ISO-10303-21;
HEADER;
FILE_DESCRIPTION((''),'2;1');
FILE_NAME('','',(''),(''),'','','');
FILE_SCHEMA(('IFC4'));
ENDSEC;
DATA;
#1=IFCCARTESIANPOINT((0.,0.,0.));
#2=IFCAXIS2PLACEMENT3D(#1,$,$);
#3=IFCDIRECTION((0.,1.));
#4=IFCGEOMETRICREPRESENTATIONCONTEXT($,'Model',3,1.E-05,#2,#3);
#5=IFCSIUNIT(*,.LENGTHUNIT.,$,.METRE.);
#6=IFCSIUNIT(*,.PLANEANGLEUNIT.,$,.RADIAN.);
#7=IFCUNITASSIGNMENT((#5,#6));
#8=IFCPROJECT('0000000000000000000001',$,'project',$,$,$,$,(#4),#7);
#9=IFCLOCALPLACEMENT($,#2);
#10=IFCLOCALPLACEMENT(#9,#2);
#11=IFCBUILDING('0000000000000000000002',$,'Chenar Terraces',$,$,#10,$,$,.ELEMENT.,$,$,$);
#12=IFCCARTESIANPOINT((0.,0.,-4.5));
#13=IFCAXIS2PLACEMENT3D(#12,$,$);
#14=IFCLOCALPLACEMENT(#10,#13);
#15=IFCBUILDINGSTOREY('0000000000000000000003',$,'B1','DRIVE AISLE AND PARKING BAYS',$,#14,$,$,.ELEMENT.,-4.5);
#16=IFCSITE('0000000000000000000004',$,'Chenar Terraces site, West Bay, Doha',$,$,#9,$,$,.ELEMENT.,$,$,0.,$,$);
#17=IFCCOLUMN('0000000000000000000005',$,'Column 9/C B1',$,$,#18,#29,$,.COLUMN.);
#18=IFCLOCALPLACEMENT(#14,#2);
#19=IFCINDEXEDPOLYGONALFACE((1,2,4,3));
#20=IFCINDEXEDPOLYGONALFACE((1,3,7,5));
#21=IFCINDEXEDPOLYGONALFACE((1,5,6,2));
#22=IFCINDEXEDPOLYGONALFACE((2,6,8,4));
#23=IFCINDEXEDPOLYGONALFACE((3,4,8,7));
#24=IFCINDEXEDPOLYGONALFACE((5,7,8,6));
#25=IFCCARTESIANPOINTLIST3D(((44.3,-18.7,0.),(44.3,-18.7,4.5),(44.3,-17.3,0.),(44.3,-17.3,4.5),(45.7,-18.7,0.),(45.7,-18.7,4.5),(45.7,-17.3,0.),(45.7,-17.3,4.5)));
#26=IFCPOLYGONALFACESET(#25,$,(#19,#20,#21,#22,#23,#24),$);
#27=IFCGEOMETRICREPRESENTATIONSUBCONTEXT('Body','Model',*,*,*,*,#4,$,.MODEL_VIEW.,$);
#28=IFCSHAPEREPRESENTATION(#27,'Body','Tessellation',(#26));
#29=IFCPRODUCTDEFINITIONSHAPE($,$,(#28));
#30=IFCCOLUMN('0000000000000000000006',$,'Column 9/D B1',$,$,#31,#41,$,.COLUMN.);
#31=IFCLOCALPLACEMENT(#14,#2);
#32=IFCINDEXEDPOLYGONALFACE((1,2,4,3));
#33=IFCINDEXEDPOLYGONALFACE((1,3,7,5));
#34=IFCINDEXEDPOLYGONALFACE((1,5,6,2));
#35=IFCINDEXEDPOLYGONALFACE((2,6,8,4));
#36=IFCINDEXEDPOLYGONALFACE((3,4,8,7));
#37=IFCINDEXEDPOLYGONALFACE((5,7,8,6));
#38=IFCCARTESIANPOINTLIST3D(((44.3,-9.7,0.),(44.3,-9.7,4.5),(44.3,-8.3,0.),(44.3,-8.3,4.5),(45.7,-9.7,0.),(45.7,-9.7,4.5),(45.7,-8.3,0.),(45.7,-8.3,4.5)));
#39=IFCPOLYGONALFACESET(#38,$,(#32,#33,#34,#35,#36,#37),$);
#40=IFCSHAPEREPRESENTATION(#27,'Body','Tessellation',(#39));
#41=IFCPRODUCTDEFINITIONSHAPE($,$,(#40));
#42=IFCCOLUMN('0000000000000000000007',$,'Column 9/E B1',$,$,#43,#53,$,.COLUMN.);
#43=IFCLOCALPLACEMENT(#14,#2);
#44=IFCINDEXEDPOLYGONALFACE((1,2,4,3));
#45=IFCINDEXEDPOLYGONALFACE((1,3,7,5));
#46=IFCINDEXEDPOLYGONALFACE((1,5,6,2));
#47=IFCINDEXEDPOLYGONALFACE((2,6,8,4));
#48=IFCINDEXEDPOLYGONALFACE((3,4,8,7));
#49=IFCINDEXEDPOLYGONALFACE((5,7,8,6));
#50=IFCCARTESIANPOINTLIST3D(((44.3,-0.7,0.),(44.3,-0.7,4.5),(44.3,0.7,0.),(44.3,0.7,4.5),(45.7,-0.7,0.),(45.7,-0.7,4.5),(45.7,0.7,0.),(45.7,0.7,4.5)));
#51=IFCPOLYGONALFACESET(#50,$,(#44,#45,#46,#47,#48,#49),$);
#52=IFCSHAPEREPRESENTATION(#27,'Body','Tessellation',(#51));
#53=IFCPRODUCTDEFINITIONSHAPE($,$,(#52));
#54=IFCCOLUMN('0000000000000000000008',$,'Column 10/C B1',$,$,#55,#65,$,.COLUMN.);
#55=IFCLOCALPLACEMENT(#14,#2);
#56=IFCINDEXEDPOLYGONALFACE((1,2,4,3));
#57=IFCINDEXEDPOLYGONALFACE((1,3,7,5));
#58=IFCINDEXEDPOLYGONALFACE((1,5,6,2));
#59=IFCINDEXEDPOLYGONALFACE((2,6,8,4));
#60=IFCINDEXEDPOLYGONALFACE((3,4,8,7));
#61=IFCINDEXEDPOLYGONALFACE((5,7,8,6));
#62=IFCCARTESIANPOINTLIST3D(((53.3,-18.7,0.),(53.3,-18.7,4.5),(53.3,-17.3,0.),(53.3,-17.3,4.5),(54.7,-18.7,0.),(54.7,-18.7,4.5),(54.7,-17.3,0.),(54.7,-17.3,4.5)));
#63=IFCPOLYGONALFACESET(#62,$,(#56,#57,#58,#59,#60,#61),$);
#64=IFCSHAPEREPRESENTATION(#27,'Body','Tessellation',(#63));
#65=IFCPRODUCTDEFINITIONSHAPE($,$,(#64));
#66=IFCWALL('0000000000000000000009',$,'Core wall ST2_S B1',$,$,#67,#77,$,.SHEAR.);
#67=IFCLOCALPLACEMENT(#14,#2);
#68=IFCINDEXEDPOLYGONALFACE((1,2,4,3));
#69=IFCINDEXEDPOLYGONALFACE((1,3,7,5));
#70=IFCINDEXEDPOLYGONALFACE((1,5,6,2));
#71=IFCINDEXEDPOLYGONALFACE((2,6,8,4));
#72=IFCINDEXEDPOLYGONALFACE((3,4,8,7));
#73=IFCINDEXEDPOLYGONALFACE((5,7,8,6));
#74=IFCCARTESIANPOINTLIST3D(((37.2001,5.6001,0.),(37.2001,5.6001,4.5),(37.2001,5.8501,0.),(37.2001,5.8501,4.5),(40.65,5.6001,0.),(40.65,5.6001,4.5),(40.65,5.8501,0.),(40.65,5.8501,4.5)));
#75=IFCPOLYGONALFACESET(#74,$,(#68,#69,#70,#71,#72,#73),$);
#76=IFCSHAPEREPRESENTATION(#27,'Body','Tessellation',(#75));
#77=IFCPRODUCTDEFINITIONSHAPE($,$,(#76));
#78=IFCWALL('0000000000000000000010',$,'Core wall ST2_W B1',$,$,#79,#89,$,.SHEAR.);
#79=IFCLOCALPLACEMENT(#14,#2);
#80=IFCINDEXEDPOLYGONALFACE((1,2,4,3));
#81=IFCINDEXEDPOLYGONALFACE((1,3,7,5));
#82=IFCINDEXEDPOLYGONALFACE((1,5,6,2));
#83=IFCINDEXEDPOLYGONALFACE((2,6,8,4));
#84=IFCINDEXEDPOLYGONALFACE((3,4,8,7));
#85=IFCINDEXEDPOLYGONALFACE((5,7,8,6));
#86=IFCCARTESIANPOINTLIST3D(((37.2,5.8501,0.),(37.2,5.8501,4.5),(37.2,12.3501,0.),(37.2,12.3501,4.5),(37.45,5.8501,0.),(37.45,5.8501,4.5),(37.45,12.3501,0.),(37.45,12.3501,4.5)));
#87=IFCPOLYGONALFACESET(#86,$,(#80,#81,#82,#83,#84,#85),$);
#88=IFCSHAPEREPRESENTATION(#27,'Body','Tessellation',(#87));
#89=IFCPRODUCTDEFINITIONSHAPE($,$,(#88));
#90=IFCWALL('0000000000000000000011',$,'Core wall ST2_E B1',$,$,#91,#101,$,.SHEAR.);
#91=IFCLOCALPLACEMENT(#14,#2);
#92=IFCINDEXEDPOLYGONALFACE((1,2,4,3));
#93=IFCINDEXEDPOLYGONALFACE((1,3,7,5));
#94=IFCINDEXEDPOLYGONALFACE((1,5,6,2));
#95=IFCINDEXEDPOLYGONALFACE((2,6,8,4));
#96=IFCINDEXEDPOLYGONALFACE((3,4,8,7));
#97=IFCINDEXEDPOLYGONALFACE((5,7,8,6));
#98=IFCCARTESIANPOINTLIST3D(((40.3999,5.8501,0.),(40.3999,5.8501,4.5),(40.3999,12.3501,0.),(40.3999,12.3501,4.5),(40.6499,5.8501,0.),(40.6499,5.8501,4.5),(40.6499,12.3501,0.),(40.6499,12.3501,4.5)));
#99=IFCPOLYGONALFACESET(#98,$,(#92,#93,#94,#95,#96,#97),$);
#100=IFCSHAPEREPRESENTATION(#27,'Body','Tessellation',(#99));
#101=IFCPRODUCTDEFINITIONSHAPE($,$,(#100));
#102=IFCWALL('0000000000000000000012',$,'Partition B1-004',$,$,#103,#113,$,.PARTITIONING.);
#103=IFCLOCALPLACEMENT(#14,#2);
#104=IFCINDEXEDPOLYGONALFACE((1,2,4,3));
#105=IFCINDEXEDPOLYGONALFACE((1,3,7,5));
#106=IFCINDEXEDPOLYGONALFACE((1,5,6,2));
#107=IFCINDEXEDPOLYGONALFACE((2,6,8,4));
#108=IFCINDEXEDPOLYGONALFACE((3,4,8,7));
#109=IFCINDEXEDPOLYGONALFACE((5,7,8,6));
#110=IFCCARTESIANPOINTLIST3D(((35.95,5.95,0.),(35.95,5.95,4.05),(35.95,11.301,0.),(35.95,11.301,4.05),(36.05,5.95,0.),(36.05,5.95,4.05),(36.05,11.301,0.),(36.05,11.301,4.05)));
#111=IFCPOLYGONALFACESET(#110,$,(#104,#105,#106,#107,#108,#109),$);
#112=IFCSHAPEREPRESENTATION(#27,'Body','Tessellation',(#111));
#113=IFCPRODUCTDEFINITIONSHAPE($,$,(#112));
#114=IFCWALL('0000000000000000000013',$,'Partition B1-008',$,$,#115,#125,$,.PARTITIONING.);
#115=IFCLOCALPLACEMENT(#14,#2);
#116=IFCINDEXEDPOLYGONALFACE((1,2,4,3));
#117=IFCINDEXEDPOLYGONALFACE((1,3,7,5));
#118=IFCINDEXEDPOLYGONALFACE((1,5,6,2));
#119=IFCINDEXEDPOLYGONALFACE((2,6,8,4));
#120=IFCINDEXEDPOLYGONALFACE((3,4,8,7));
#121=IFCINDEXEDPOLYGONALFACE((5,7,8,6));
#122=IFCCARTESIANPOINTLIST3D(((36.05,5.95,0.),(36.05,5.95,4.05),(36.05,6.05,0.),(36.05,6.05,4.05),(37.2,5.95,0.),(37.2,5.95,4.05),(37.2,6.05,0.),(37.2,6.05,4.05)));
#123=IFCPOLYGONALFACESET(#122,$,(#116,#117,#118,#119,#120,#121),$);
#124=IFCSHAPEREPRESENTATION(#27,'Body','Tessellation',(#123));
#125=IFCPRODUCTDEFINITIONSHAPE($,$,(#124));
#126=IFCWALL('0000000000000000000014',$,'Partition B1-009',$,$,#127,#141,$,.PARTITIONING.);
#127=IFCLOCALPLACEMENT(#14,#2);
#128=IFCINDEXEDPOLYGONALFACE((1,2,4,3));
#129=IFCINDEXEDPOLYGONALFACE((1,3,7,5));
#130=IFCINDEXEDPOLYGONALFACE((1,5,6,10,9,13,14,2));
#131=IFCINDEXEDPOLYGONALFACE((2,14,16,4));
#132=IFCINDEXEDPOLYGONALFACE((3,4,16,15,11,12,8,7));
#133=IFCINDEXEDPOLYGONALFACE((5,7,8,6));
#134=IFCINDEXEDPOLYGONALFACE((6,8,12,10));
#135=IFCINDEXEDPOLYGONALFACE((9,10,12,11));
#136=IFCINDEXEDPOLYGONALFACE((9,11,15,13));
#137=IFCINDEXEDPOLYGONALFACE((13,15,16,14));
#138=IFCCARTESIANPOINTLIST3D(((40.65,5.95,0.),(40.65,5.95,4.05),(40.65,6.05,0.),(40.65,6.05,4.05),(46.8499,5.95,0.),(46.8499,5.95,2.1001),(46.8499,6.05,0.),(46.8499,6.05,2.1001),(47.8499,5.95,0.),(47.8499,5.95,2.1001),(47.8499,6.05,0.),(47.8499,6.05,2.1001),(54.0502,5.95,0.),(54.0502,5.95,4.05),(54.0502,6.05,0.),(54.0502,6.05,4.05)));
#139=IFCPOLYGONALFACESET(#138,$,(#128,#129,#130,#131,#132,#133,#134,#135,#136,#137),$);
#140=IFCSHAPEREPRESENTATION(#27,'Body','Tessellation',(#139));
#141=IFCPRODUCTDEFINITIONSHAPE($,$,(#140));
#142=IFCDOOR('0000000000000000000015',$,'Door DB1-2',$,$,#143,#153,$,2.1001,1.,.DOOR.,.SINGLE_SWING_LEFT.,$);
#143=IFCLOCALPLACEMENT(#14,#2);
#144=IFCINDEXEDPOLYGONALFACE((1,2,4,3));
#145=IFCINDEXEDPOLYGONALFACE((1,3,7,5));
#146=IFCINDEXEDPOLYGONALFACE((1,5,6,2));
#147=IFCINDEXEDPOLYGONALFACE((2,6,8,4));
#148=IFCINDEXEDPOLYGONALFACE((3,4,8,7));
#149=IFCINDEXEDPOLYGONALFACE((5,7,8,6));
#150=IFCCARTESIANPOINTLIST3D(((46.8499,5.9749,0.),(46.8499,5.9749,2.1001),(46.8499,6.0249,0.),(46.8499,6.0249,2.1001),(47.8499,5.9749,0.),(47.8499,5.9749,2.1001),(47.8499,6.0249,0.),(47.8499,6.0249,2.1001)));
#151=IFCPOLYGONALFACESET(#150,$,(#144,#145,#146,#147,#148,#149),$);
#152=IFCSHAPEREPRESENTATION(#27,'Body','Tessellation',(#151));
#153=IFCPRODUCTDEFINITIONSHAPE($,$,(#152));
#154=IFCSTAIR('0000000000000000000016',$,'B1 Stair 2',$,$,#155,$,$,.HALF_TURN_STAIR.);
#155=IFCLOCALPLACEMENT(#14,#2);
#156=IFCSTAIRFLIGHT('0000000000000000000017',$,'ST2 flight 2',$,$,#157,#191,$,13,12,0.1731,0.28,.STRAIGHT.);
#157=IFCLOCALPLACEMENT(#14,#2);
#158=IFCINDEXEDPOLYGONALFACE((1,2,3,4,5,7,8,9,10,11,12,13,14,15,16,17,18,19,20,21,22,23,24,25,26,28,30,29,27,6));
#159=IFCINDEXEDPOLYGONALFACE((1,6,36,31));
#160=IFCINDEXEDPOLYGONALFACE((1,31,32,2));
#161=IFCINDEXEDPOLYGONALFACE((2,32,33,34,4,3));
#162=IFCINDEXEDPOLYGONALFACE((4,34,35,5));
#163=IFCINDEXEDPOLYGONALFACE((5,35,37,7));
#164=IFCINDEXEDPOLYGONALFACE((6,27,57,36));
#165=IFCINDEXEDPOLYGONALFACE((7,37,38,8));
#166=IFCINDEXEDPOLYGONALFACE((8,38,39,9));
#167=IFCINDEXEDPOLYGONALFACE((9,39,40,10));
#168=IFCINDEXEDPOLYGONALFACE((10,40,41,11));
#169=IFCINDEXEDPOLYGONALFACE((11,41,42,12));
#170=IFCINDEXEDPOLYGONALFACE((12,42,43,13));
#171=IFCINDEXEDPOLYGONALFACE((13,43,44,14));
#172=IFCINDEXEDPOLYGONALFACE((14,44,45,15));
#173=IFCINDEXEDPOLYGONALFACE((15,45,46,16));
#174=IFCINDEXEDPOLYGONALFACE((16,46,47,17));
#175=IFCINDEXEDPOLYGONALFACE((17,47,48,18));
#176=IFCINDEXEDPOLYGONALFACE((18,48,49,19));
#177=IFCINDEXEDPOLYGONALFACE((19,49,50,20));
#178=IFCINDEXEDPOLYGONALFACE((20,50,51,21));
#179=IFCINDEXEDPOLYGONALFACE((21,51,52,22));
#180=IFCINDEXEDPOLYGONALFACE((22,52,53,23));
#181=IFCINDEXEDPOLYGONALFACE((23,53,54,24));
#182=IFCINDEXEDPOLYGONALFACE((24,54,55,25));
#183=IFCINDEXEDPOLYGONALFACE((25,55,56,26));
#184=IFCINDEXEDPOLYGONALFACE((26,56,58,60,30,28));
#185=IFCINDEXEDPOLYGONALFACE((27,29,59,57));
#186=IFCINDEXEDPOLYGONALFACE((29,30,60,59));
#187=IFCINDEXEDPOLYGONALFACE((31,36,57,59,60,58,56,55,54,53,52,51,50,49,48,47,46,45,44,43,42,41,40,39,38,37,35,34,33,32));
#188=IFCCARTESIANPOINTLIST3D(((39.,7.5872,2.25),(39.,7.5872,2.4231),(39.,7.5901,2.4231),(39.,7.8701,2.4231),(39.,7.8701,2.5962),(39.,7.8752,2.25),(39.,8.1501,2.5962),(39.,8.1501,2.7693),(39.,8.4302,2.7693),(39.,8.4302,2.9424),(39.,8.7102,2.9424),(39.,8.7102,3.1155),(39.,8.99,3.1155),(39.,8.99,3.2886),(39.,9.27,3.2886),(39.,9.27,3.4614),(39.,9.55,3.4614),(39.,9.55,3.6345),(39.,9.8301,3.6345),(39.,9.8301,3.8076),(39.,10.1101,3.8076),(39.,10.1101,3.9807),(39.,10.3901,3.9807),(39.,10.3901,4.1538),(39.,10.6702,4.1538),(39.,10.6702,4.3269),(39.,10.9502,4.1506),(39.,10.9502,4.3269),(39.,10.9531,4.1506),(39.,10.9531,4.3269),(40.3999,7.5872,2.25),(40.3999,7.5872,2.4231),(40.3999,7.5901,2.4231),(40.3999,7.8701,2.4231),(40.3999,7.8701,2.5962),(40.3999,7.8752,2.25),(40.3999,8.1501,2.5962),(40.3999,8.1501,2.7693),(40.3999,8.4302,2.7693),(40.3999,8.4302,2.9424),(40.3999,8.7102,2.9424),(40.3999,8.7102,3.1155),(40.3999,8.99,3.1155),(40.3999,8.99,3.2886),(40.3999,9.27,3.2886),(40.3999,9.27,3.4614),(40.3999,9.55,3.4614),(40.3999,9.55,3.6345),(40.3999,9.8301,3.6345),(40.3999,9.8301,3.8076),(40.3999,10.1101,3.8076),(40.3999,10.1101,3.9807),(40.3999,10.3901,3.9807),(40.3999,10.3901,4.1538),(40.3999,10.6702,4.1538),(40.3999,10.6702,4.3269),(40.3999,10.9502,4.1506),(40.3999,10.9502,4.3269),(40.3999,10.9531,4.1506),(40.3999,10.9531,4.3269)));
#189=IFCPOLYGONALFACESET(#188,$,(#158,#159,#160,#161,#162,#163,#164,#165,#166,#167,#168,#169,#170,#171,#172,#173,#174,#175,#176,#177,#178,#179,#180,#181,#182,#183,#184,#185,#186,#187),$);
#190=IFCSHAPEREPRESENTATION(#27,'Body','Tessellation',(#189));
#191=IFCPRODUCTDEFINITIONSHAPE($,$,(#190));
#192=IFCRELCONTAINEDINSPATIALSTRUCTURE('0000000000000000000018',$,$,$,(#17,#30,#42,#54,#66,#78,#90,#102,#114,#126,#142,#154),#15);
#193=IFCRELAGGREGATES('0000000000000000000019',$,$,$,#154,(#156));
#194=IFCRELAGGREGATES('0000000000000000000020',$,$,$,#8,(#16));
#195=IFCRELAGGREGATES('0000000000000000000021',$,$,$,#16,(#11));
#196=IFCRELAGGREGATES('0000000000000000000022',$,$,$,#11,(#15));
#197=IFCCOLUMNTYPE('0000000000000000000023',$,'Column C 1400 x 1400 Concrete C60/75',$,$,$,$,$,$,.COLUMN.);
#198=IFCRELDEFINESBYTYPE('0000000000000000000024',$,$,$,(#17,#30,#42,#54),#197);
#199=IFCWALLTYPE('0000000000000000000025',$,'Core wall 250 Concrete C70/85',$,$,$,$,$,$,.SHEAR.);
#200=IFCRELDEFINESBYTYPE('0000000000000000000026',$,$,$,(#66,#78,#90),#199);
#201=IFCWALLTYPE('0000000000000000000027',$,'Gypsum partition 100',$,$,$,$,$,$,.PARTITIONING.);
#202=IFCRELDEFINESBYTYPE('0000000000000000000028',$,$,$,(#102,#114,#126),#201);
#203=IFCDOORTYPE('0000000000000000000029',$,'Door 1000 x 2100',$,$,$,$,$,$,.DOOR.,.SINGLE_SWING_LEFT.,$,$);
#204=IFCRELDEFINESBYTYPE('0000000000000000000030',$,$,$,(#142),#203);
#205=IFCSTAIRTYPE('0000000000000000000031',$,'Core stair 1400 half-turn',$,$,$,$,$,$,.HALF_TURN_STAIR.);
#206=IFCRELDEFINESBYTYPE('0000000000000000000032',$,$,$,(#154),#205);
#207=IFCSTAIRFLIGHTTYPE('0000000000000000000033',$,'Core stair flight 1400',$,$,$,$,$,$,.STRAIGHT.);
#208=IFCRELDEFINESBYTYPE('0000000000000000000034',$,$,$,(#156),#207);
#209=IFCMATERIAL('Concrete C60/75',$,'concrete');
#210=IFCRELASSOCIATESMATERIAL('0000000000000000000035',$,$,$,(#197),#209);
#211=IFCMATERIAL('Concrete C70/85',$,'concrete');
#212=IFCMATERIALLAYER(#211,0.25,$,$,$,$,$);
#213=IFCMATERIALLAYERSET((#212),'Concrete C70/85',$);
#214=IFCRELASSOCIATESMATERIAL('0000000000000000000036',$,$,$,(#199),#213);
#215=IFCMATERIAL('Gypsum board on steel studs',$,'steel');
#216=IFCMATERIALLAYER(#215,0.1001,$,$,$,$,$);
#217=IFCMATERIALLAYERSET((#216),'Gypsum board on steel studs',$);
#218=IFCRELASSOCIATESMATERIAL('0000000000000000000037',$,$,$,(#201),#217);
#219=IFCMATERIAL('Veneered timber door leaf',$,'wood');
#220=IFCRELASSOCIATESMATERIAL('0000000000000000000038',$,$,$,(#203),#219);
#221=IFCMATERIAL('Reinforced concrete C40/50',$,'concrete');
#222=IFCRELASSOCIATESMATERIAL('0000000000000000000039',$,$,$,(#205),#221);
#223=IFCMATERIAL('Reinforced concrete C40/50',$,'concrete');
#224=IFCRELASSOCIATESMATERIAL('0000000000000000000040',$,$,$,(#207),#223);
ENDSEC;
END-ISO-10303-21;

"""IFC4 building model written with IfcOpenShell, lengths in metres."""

from ifc_helpers import new_model, si_unit, direction, frame, frame_2d, origin, origin_2d, place, context, subcontext, project, spatial, polyline, rectangle, outline, extrude, material, layer, layer_set, material_profile, profile_set, type_object, element, fill, aggregate, save


model = new_model("IFC4")

# Units and contexts
model_context = context("Model", 3, precision=1e-05, world=origin(), true_north=direction((0.0, 1.0)))
body_context = subcontext(model_context, "Body", "Model", "MODEL_VIEW")
ifc_project = project(units=[si_unit("LENGTHUNIT", "METRE"), si_unit("PLANEANGLEUNIT", "RADIAN")], contexts=[model_context])

# Site, building, storey
site_placement = place(None, origin())
site = spatial("IfcSite", under=ifc_project, at=site_placement, Name="Chenar Terraces site, West Bay, Doha", CompositionType="ELEMENT", RefElevation=0.0)
building_placement = place(site_placement, origin())
building = spatial("IfcBuilding", under=site, at=building_placement, Name="Chenar Terraces", CompositionType="ELEMENT")
storey_placement = place(building_placement, frame((0.0, 0.0, -4.5)))
storey = spatial("IfcBuildingStorey", under=building, at=storey_placement, Name="B1", Description="DRIVE AISLE AND PARKING BAYS", CompositionType="ELEMENT", Elevation=-4.5)

# Columns
ifc_material_1 = material(Name="Concrete C60/75", Category="concrete")
ifc_material_profile = material_profile(ifc_material_1, rectangle(XDim=1.3999, YDim=1.3999, at=origin_2d()), Name="C 1400 x 1400")
ifc_profile_set = profile_set([ifc_material_profile], Name="Concrete C60/75")
column_type = type_object("IfcColumnType", Name="Column C 1400 x 1400 Concrete C60/75", PredefinedType="COLUMN", material=ifc_profile_set)
for number, where, z_axis, x_axis, name in (
    (1, (45.0, -18.0, 0.0), (0.0, 0.0, 1.0), (1.0, 0.0, 0.0), "Column 9/C B1"),
    (2, (45.0, -9.0, 0.0), (0.0, 0.0, 1.0), (1.0, 0.0, 0.0), "Column 9/D B1"),
    (3, (45.0, 0.0, 0.0), (0.0, 0.0, 1.0), (1.0, 0.0, 0.0), "Column 9/E B1"),
    (4, (54.0, -18.0, 0.0), (0.0, 0.0, 1.0), (1.0, 0.0, 0.0), "Column 10/C B1"),
):
    element("IfcColumn", number, at=place(storey_placement, frame(where, z_axis=z_axis, x_axis=x_axis)), inside=storey, type_object=column_type, Name=name, PredefinedType="COLUMN", context=body_context, shape_type="SweptSolid", body=[
        extrude(rectangle(XDim=1.3999, YDim=1.3999, at=origin_2d()), origin(), (0.0, 0.0, 1.0), 4.5),
    ])

# Walls
ifc_material_2 = material(Name="Concrete C70/85", Category="concrete")
ifc_layer_1 = layer(ifc_material_2, 0.25)
ifc_layer_set_1 = layer_set([ifc_layer_1], Name="Concrete C70/85")
wall_type_1 = type_object("IfcWallType", Name="Core wall 250 Concrete C70/85", PredefinedType="SHEAR", material=ifc_layer_set_1)
wall_1_placement = place(storey_placement, frame((37.2, 5.7251, 0.0), z_axis=(0.0, 0.0, 1.0), x_axis=(1.0, 0.0, 0.0)))
element("IfcWall", 5, at=wall_1_placement, inside=storey, type_object=wall_type_1, Name="Core wall ST2_S B1", PredefinedType="SHEAR", context=body_context, shape_type="SweptSolid", body=[
    extrude(rectangle(XDim=3.45, YDim=0.25, at=frame_2d((1.7251, 0.0))), origin(), (0.0, 0.0, 1.0), 4.5),
])
for number, where, z_axis, x_axis, name in (
    (6, (37.325, 5.8501, 0.0), (0.0, 0.0, 1.0), (0.0, 1.0, 0.0), "Core wall ST2_W B1"),
    (7, (40.5249, 5.8501, 0.0), (0.0, 0.0, 1.0), (0.0, 1.0, 0.0), "Core wall ST2_E B1"),
):
    element("IfcWall", number, at=place(storey_placement, frame(where, z_axis=z_axis, x_axis=x_axis)), inside=storey, type_object=wall_type_1, Name=name, PredefinedType="SHEAR", context=body_context, shape_type="SweptSolid", body=[
        extrude(rectangle(XDim=6.5, YDim=0.25, at=frame_2d((3.25, 0.0))), origin(), (0.0, 0.0, 1.0), 4.5),
    ])
ifc_material_3 = material(Name="Gypsum board on steel studs", Category="steel")
ifc_layer_2 = layer(ifc_material_3, 0.1001)
ifc_layer_set_2 = layer_set([ifc_layer_2], Name="Gypsum board on steel studs")
wall_type_2 = type_object("IfcWallType", Name="Gypsum partition 100", PredefinedType="PARTITIONING", material=ifc_layer_set_2)
wall_2_placement = place(storey_placement, frame((36.0, 5.95, 0.0), z_axis=(0.0, 0.0, 1.0), x_axis=(0.0, 1.0, 0.0)))
element("IfcWall", 8, at=wall_2_placement, inside=storey, type_object=wall_type_2, Name="Partition B1-004", PredefinedType="PARTITIONING", context=body_context, shape_type="SweptSolid", body=[
    extrude(rectangle(XDim=5.3511, YDim=0.1001, at=frame_2d((2.6755, 0.0))), origin(), (0.0, 0.0, 1.0), 4.05),
])
wall_3_placement = place(storey_placement, frame((36.05, 6.0, 0.0), z_axis=(0.0, 0.0, 1.0), x_axis=(1.0, 0.0, 0.0)))
element("IfcWall", 9, at=wall_3_placement, inside=storey, type_object=wall_type_2, Name="Partition B1-008", PredefinedType="PARTITIONING", context=body_context, shape_type="SweptSolid", body=[
    extrude(rectangle(XDim=1.1499, YDim=0.1001, at=frame_2d((0.575, 0.0))), origin(), (0.0, 0.0, 1.0), 4.05),
])

# Wall, opening, door
wall_4_placement = place(storey_placement, frame((40.6499, 6.0, 0.0), z_axis=(0.0, 0.0, 1.0), x_axis=(1.0, 0.0, 0.0)))
wall_4 = element("IfcWall", 10, at=wall_4_placement, inside=storey, type_object=wall_type_2, Name="Partition B1-009", PredefinedType="PARTITIONING", context=body_context, shape_type="SweptSolid", body=[
    extrude(rectangle(XDim=13.4001, YDim=0.1001, at=frame_2d((6.7002, 0.0))), origin(), (0.0, 0.0, 1.0), 4.05),
])
opening_placement = place(wall_4_placement, frame((6.2, 0.0, 0.0)))
opening = element("IfcOpeningElement", 11, at=opening_placement, cuts=wall_4, PredefinedType="OPENING", context=body_context, shape_type="SweptSolid", body=[
    extrude(rectangle(XDim=1.0, YDim=2.1001, at=frame_2d((0.5, 1.05))), frame((0.0, 0.0601, 0.0), z_axis=(0.0, -1.0, 0.0), x_axis=(1.0, 0.0, 0.0)), (0.0, 0.0, 1.0), 0.1201),
])
ifc_material_4 = material(Name="Veneered timber door leaf", Category="wood")
door_type = type_object("IfcDoorType", Name="Door 1000 x 2100", OperationType="SINGLE_SWING_LEFT", PredefinedType="DOOR", material=ifc_material_4)
door_placement = place(opening_placement, origin())
door = element("IfcDoor", 12, at=door_placement, inside=storey, type_object=door_type, Name="Door DB1-2", OperationType="SINGLE_SWING_LEFT", OverallHeight=2.1001, OverallWidth=1.0, PredefinedType="DOOR", context=body_context, shape_type="SweptSolid", body=[
    extrude(rectangle(XDim=1.0, YDim=2.1001, at=frame_2d((0.5, 1.05))), frame((0.0, 0.0249, 0.0), z_axis=(0.0, -1.0, 0.0), x_axis=(1.0, 0.0, 0.0)), (0.0, 0.0, 1.0), 0.05),
])
fill(opening, door)

# Stair, stair flight
ifc_material_5 = material(Name="Reinforced concrete C40/50", Category="concrete")
stair_type = type_object("IfcStairType", Name="Core stair 1400 half-turn", PredefinedType="HALF_TURN_STAIR", material=ifc_material_5)
stair_placement = place(storey_placement, origin())
stair = element("IfcStair", 13, at=stair_placement, inside=storey, type_object=stair_type, Name="B1 Stair 2", PredefinedType="HALF_TURN_STAIR")
ifc_material_6 = material(Name="Reinforced concrete C40/50", Category="concrete")
stair_flight_type = type_object("IfcStairFlightType", Name="Core stair flight 1400", PredefinedType="STRAIGHT", material=ifc_material_6)
stair_flight_placement = place(storey_placement, frame((39.7, 7.5901, 2.25), z_axis=(0.0, 0.0, 1.0), x_axis=(0.0, 1.0, 0.0)))
stair_flight = element("IfcStairFlight", 14, at=stair_flight_placement, type_object=stair_flight_type, Name="ST2 flight 2", NumberOfRisers=13, NumberOfTreads=12, PredefinedType="STRAIGHT", RiserHeight=0.1731, TreadLength=0.28, context=body_context, shape_type="SweptSolid", body=[
    extrude(outline(polyline([(-0.0029, 0.0), (-0.0029, 0.1731), (0.0, 0.1731), (0.28, 0.1731), (0.28, 0.3462), (0.5601, 0.3462), (0.5601, 0.5193), (0.8401, 0.5193), (0.8401, 0.6924), (1.1201, 0.6924), (1.1201, 0.8655), (1.3999, 0.8655), (1.3999, 1.0386), (1.6799, 1.0386), (1.6799, 1.2114), (1.96, 1.2114), (1.96, 1.3845), (2.24, 1.3845), (2.24, 1.5576), (2.52, 1.5576), (2.52, 1.7307), (2.8, 1.7307), (2.8, 1.9038), (3.0801, 1.9038), (3.0801, 2.0769), (3.3601, 2.0769), (3.363, 2.0769), (3.363, 1.9006), (3.3601, 1.9006), (0.2852, 0.0), (-0.0029, 0.0)])), frame((0.0, 0.7, 0.0), z_axis=(0.0, -1.0, 0.0), x_axis=(1.0, 0.0, 0.0)), (0.0, 0.0, 1.0), 1.3999),
])
aggregate(stair, [stair_flight])

save(model, "model.ifc")
